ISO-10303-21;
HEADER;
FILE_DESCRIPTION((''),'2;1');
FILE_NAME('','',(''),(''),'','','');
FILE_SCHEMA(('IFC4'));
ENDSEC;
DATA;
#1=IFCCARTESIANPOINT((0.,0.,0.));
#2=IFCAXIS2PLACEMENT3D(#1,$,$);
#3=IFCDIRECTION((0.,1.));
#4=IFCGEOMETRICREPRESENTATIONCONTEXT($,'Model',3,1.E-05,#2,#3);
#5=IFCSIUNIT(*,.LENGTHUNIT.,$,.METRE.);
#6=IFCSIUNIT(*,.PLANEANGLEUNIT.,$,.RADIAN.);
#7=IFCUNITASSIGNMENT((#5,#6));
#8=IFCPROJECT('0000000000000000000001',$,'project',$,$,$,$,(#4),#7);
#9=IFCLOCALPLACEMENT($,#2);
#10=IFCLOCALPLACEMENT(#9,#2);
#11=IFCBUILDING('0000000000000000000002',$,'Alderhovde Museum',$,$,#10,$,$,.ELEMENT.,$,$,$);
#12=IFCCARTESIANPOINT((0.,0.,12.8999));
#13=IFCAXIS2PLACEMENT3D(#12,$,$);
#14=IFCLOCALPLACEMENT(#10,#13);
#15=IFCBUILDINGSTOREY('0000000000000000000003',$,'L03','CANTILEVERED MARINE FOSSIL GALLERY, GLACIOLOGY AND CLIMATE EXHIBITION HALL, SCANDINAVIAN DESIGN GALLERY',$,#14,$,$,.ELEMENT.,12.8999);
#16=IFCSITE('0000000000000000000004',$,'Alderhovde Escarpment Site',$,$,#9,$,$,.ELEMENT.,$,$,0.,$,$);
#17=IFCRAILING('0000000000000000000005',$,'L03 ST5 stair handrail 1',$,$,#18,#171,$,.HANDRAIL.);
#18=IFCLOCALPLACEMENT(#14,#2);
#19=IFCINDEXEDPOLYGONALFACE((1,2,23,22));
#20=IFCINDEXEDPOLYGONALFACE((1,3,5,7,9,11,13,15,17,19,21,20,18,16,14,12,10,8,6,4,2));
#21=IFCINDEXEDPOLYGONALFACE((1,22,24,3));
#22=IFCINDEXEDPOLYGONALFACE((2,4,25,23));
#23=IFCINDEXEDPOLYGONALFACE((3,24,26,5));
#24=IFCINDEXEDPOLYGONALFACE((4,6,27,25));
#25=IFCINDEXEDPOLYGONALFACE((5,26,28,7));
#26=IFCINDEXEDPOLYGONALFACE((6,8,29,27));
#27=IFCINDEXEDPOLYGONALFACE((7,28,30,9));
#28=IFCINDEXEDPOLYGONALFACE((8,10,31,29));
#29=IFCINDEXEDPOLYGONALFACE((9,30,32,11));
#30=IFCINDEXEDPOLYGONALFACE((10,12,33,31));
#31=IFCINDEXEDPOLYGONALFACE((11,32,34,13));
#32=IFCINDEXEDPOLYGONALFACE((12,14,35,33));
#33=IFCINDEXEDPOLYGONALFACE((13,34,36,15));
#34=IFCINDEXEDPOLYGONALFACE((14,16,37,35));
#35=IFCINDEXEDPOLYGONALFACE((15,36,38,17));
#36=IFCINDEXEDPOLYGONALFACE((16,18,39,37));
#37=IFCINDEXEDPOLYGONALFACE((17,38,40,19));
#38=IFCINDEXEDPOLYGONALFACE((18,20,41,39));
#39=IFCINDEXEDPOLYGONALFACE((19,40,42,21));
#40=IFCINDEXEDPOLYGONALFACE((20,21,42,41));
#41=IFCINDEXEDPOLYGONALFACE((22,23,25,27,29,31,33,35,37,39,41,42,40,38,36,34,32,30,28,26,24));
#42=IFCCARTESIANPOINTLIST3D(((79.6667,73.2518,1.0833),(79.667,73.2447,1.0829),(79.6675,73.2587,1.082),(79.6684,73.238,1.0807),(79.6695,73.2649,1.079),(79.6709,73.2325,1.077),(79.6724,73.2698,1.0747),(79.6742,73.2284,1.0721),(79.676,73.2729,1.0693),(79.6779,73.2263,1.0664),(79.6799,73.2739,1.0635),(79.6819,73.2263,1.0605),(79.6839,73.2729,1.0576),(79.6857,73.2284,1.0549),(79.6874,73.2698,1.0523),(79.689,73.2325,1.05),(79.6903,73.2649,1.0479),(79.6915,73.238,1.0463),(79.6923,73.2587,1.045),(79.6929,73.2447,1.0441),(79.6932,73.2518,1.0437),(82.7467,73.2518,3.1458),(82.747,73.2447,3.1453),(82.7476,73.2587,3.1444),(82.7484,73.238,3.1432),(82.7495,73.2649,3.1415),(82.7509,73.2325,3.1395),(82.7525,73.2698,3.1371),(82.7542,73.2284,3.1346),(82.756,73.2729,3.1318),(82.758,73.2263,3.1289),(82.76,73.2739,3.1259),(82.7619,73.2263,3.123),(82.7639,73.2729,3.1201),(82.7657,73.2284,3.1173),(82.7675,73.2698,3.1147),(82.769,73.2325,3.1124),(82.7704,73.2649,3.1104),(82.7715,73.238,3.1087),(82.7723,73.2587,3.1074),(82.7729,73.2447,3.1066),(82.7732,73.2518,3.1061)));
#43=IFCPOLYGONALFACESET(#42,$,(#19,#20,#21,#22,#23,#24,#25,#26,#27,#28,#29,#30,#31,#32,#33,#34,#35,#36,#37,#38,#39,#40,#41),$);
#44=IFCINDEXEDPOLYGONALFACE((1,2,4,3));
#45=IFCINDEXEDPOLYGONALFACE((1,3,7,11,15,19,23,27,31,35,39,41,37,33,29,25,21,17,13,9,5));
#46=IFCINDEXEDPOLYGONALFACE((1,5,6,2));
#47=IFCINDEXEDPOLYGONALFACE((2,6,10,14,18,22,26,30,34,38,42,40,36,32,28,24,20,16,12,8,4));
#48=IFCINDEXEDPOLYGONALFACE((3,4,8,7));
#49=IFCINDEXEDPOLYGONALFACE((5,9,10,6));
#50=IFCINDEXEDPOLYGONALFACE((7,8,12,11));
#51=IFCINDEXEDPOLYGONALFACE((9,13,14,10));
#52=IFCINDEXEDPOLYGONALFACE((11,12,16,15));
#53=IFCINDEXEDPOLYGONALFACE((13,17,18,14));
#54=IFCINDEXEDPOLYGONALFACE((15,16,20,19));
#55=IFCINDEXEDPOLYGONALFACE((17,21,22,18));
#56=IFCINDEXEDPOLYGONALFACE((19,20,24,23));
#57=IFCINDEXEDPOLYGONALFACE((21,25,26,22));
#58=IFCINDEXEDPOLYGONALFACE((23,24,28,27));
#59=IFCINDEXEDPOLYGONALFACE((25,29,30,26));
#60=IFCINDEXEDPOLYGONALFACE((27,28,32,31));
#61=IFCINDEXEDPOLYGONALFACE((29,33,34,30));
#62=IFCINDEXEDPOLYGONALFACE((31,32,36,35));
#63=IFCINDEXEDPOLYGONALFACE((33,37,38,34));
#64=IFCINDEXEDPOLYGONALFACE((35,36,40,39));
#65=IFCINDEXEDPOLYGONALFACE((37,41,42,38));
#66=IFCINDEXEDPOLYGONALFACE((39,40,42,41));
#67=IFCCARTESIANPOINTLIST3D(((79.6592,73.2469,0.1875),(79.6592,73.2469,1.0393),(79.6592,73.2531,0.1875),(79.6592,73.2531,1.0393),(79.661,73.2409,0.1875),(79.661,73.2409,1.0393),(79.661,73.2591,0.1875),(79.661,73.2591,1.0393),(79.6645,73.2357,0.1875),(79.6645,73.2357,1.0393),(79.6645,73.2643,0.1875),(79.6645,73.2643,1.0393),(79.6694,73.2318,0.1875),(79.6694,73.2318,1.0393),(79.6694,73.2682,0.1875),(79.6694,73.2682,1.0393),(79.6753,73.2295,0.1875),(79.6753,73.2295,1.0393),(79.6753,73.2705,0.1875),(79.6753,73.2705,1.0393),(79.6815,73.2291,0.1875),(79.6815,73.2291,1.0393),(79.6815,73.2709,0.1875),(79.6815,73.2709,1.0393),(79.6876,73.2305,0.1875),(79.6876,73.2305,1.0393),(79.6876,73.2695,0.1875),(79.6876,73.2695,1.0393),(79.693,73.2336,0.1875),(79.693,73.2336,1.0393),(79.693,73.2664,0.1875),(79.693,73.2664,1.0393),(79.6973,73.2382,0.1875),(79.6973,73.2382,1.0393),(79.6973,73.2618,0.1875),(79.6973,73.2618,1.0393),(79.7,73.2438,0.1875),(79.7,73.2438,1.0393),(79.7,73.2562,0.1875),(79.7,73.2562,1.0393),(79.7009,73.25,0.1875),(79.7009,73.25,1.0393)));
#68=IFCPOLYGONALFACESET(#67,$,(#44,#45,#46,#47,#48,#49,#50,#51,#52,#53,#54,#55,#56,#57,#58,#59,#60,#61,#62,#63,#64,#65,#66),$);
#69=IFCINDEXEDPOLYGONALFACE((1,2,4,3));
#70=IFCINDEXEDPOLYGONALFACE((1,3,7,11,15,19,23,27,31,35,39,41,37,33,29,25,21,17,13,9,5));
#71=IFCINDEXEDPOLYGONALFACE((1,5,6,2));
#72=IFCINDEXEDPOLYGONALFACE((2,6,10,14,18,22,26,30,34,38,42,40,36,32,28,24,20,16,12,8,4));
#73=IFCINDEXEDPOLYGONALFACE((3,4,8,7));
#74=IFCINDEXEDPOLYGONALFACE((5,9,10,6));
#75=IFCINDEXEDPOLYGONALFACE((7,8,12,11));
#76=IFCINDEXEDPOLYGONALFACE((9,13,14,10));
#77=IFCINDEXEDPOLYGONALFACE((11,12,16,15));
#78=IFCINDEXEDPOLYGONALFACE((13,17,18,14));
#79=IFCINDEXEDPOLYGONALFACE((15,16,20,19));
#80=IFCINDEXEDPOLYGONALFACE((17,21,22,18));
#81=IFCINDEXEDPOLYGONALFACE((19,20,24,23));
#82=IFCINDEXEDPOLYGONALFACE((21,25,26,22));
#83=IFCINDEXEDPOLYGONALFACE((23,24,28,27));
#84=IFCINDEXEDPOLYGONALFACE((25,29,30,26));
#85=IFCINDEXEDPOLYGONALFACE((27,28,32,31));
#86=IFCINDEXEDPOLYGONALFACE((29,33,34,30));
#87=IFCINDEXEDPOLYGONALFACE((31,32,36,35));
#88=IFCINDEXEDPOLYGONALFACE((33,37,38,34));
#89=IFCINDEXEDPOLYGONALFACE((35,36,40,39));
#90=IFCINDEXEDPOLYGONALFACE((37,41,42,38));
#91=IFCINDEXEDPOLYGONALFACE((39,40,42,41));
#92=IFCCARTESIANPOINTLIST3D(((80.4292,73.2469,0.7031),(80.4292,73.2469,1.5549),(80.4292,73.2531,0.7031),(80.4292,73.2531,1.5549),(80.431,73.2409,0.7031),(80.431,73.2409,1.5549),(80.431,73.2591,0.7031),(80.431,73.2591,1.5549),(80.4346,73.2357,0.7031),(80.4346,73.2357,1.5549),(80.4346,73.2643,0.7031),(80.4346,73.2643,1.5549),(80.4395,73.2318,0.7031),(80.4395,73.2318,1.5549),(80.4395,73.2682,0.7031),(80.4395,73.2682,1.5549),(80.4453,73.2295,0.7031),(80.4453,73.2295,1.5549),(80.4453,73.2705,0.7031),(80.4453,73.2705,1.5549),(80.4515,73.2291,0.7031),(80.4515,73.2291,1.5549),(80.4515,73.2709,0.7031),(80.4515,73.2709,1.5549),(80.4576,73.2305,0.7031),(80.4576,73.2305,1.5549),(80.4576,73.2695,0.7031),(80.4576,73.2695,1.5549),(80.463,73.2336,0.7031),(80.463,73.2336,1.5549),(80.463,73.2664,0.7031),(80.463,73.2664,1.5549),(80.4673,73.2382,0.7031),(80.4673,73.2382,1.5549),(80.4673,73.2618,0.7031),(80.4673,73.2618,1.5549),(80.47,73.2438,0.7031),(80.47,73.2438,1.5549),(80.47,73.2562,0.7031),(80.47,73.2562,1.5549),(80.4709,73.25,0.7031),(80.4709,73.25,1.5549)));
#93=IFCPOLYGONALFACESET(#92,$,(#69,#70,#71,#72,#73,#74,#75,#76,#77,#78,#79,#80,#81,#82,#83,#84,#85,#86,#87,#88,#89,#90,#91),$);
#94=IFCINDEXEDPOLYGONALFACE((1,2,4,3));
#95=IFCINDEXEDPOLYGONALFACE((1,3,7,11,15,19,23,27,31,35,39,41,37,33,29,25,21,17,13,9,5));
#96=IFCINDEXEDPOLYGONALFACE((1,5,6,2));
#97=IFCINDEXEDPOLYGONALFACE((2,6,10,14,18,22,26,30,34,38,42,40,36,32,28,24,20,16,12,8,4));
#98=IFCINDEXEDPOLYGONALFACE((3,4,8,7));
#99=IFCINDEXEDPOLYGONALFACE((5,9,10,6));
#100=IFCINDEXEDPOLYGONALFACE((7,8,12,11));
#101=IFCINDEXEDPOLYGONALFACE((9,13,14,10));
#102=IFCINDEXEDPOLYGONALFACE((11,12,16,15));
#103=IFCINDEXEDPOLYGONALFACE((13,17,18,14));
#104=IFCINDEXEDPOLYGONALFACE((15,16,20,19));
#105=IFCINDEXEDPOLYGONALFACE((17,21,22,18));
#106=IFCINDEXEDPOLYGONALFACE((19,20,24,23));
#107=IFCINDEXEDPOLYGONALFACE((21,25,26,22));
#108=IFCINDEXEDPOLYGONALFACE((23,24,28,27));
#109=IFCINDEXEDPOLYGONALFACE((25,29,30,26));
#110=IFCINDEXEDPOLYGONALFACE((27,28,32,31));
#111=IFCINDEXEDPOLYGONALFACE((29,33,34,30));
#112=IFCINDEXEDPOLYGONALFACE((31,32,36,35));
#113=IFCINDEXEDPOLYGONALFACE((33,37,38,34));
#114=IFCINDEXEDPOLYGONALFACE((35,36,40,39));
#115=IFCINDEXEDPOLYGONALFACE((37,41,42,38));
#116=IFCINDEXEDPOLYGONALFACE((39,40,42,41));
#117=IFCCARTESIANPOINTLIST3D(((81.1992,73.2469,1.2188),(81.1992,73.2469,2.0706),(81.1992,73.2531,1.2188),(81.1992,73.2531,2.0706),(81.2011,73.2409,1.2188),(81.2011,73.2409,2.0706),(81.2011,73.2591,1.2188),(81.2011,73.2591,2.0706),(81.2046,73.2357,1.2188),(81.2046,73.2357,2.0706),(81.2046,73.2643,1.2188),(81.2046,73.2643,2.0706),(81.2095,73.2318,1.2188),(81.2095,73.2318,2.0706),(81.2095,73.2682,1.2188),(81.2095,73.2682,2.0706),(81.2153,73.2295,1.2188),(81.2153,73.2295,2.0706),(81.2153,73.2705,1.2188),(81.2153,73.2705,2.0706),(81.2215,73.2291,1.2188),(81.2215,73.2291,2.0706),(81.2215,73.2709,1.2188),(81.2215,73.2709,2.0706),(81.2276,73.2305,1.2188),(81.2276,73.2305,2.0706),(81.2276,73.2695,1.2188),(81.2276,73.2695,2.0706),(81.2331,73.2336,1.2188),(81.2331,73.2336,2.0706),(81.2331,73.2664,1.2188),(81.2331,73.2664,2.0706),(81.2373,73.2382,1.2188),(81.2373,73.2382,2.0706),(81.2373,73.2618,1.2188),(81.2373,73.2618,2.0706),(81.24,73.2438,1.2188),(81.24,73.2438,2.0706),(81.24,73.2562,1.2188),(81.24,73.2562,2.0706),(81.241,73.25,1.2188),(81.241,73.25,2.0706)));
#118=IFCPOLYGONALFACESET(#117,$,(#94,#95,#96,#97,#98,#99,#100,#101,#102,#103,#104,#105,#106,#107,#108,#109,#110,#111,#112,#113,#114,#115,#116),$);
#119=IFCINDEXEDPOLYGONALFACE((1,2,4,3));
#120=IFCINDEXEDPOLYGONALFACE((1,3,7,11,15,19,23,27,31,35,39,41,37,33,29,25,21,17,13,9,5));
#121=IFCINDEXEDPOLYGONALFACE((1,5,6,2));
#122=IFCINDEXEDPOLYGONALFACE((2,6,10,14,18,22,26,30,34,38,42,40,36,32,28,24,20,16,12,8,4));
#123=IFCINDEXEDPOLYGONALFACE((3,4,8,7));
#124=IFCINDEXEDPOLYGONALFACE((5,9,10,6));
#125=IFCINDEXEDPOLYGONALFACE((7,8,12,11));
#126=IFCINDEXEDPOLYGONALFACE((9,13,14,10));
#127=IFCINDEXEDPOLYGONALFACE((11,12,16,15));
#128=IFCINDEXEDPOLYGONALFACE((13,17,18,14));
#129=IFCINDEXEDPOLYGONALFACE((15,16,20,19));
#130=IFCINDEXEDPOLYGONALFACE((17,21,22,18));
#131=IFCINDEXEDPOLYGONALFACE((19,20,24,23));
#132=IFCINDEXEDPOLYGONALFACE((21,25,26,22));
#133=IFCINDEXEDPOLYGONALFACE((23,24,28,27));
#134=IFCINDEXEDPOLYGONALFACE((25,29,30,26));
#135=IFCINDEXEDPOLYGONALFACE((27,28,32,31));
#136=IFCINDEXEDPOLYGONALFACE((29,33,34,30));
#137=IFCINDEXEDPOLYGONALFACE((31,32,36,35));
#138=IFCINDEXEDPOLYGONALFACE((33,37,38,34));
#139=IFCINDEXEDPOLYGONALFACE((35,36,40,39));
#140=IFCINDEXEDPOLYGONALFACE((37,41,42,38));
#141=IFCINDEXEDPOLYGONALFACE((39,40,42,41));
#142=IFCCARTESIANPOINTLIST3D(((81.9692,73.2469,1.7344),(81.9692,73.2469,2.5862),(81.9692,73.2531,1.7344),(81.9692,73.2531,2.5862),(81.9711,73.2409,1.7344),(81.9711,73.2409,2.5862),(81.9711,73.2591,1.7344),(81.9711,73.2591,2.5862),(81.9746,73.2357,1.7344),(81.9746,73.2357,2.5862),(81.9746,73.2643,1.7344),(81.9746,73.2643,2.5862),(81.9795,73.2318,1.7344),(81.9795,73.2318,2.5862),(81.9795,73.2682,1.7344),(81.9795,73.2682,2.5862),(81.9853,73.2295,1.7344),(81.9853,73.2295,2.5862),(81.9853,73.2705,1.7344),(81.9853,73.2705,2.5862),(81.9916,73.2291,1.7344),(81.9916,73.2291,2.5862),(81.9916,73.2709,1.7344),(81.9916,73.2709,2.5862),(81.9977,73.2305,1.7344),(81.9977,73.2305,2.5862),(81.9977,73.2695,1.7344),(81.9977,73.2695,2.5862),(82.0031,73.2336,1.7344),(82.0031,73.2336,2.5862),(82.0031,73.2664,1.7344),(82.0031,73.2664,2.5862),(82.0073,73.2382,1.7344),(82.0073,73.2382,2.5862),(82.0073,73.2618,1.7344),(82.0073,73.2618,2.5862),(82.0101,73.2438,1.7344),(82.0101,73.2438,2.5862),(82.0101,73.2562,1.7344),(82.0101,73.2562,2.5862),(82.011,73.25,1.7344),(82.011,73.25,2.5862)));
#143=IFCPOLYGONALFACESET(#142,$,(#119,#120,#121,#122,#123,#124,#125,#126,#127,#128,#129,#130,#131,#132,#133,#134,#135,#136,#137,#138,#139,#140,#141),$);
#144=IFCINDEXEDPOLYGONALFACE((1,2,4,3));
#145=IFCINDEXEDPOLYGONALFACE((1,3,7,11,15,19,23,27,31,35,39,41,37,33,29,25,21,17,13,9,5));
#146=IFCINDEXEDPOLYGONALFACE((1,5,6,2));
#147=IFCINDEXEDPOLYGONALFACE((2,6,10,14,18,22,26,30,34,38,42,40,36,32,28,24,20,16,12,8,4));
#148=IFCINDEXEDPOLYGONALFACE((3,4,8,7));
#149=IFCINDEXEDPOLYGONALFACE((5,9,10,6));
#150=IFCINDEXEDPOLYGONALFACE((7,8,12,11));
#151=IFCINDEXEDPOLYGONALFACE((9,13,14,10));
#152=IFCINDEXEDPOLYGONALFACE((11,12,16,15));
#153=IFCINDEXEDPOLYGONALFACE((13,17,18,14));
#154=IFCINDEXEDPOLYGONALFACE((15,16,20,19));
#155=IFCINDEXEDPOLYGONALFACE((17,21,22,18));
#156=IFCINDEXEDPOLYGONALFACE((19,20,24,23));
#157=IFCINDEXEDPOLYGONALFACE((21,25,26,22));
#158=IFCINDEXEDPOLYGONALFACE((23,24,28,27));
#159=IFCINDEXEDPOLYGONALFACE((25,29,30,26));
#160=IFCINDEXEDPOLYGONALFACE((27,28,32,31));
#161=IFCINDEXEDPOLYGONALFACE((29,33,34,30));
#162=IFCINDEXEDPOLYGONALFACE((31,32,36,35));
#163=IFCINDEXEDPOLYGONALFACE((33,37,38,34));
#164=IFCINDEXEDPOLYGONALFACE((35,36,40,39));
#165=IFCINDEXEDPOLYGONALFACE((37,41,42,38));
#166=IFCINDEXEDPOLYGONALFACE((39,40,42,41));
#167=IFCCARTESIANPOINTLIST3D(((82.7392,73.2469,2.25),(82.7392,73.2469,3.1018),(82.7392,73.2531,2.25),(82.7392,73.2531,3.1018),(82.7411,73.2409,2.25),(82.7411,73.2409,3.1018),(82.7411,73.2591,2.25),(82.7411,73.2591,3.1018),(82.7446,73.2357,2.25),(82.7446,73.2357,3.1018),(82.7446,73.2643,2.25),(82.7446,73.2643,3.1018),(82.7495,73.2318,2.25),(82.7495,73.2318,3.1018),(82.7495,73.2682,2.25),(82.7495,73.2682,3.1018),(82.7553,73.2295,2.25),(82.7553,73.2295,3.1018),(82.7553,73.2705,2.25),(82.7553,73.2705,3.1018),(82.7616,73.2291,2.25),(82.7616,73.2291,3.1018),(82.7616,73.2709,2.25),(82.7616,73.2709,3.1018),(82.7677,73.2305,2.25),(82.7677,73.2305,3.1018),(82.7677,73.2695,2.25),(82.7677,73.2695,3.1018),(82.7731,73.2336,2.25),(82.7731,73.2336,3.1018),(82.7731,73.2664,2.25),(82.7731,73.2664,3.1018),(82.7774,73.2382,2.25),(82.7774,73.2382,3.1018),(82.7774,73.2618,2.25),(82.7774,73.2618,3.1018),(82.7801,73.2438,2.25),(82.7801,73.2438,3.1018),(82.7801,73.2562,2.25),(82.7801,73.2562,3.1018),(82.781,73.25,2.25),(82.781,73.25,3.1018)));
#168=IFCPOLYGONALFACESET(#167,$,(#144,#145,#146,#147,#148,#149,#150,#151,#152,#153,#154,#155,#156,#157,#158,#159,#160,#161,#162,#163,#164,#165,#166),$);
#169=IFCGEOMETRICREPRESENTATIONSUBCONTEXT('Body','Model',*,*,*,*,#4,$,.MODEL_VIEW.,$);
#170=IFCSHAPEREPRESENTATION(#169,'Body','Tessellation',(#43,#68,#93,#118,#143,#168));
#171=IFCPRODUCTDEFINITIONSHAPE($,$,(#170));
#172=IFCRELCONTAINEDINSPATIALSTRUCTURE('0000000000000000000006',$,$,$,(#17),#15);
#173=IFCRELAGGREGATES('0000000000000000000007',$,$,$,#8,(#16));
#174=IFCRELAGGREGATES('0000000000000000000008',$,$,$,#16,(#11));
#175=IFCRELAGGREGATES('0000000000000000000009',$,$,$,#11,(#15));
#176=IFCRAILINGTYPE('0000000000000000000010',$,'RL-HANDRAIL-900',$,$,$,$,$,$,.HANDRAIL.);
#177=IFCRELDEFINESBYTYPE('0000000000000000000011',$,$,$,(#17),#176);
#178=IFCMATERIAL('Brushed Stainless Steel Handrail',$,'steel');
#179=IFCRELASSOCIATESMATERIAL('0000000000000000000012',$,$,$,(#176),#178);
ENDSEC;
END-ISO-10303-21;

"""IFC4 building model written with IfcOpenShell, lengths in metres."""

from ifc_helpers import new_model, si_unit, direction, frame, origin, origin_2d, place, context, subcontext, project, spatial, circle, extrude, material, type_object, element, save


model = new_model("IFC4")

# Units and contexts
model_context = context("Model", 3, precision=1e-05, world=origin(), true_north=direction((0.0, 1.0)))
body_context = subcontext(model_context, "Body", "Model", "MODEL_VIEW")
ifc_project = project(units=[si_unit("LENGTHUNIT", "METRE"), si_unit("PLANEANGLEUNIT", "RADIAN")], contexts=[model_context])

# Site, building, storey
site_placement = place(None, origin())
site = spatial("IfcSite", under=ifc_project, at=site_placement, Name="Alderhovde Escarpment Site", CompositionType="ELEMENT", RefElevation=0.0)
building_placement = place(site_placement, origin())
building = spatial("IfcBuilding", under=site, at=building_placement, Name="Alderhovde Museum", CompositionType="ELEMENT")
storey_placement = place(building_placement, frame((0.0, 0.0, 12.8999)))
storey = spatial("IfcBuildingStorey", under=building, at=storey_placement, Name="L03", Description="CANTILEVERED MARINE FOSSIL GALLERY, GLACIOLOGY AND CLIMATE EXHIBITION HALL, SCANDINAVIAN DESIGN GALLERY", CompositionType="ELEMENT", Elevation=12.8999)

# Railing
ifc_material_1 = material(Name="Brushed Stainless Steel Handrail", Category="steel")
railing_type_1 = type_object("IfcRailingType", Name="RL-HANDRAIL-900", PredefinedType="HANDRAIL", material=ifc_material_1)
railing_1_placement = place(storey_placement, frame((79.6799, 73.25, 0.1875)))
element("IfcRailing", 1, at=railing_1_placement, inside=storey, type_object=railing_type_1, Name="L03 ST5 stair handrail 1", PredefinedType="HANDRAIL", context=body_context, shape_type="SweptSolid", body=[
    extrude(circle(Radius=0.0239, at=origin_2d()), frame((0.0, 0.0, 0.876), z_axis=(0.830914, 0.0, 0.556401), x_axis=(0.0, 1.0, 0.0)), (0.0, 0.0, 1.0), 3.7068),
    extrude(circle(Radius=0.021, at=origin_2d()), origin(), (0.0, 0.0, 1.0), 0.8518),
    extrude(circle(Radius=0.021, at=origin_2d()), frame((0.77, 0.0, 0.5156)), (0.0, 0.0, 1.0), 0.8518),
    extrude(circle(Radius=0.021, at=origin_2d()), frame((1.54, 0.0, 1.0312)), (0.0, 0.0, 1.0), 0.8518),
    extrude(circle(Radius=0.021, at=origin_2d()), frame((2.3101, 0.0, 1.5469)), (0.0, 0.0, 1.0), 0.8518),
    extrude(circle(Radius=0.021, at=origin_2d()), frame((3.0801, 0.0, 2.0625)), (0.0, 0.0, 1.0), 0.8518),
])

save(model, "model.ifc")
